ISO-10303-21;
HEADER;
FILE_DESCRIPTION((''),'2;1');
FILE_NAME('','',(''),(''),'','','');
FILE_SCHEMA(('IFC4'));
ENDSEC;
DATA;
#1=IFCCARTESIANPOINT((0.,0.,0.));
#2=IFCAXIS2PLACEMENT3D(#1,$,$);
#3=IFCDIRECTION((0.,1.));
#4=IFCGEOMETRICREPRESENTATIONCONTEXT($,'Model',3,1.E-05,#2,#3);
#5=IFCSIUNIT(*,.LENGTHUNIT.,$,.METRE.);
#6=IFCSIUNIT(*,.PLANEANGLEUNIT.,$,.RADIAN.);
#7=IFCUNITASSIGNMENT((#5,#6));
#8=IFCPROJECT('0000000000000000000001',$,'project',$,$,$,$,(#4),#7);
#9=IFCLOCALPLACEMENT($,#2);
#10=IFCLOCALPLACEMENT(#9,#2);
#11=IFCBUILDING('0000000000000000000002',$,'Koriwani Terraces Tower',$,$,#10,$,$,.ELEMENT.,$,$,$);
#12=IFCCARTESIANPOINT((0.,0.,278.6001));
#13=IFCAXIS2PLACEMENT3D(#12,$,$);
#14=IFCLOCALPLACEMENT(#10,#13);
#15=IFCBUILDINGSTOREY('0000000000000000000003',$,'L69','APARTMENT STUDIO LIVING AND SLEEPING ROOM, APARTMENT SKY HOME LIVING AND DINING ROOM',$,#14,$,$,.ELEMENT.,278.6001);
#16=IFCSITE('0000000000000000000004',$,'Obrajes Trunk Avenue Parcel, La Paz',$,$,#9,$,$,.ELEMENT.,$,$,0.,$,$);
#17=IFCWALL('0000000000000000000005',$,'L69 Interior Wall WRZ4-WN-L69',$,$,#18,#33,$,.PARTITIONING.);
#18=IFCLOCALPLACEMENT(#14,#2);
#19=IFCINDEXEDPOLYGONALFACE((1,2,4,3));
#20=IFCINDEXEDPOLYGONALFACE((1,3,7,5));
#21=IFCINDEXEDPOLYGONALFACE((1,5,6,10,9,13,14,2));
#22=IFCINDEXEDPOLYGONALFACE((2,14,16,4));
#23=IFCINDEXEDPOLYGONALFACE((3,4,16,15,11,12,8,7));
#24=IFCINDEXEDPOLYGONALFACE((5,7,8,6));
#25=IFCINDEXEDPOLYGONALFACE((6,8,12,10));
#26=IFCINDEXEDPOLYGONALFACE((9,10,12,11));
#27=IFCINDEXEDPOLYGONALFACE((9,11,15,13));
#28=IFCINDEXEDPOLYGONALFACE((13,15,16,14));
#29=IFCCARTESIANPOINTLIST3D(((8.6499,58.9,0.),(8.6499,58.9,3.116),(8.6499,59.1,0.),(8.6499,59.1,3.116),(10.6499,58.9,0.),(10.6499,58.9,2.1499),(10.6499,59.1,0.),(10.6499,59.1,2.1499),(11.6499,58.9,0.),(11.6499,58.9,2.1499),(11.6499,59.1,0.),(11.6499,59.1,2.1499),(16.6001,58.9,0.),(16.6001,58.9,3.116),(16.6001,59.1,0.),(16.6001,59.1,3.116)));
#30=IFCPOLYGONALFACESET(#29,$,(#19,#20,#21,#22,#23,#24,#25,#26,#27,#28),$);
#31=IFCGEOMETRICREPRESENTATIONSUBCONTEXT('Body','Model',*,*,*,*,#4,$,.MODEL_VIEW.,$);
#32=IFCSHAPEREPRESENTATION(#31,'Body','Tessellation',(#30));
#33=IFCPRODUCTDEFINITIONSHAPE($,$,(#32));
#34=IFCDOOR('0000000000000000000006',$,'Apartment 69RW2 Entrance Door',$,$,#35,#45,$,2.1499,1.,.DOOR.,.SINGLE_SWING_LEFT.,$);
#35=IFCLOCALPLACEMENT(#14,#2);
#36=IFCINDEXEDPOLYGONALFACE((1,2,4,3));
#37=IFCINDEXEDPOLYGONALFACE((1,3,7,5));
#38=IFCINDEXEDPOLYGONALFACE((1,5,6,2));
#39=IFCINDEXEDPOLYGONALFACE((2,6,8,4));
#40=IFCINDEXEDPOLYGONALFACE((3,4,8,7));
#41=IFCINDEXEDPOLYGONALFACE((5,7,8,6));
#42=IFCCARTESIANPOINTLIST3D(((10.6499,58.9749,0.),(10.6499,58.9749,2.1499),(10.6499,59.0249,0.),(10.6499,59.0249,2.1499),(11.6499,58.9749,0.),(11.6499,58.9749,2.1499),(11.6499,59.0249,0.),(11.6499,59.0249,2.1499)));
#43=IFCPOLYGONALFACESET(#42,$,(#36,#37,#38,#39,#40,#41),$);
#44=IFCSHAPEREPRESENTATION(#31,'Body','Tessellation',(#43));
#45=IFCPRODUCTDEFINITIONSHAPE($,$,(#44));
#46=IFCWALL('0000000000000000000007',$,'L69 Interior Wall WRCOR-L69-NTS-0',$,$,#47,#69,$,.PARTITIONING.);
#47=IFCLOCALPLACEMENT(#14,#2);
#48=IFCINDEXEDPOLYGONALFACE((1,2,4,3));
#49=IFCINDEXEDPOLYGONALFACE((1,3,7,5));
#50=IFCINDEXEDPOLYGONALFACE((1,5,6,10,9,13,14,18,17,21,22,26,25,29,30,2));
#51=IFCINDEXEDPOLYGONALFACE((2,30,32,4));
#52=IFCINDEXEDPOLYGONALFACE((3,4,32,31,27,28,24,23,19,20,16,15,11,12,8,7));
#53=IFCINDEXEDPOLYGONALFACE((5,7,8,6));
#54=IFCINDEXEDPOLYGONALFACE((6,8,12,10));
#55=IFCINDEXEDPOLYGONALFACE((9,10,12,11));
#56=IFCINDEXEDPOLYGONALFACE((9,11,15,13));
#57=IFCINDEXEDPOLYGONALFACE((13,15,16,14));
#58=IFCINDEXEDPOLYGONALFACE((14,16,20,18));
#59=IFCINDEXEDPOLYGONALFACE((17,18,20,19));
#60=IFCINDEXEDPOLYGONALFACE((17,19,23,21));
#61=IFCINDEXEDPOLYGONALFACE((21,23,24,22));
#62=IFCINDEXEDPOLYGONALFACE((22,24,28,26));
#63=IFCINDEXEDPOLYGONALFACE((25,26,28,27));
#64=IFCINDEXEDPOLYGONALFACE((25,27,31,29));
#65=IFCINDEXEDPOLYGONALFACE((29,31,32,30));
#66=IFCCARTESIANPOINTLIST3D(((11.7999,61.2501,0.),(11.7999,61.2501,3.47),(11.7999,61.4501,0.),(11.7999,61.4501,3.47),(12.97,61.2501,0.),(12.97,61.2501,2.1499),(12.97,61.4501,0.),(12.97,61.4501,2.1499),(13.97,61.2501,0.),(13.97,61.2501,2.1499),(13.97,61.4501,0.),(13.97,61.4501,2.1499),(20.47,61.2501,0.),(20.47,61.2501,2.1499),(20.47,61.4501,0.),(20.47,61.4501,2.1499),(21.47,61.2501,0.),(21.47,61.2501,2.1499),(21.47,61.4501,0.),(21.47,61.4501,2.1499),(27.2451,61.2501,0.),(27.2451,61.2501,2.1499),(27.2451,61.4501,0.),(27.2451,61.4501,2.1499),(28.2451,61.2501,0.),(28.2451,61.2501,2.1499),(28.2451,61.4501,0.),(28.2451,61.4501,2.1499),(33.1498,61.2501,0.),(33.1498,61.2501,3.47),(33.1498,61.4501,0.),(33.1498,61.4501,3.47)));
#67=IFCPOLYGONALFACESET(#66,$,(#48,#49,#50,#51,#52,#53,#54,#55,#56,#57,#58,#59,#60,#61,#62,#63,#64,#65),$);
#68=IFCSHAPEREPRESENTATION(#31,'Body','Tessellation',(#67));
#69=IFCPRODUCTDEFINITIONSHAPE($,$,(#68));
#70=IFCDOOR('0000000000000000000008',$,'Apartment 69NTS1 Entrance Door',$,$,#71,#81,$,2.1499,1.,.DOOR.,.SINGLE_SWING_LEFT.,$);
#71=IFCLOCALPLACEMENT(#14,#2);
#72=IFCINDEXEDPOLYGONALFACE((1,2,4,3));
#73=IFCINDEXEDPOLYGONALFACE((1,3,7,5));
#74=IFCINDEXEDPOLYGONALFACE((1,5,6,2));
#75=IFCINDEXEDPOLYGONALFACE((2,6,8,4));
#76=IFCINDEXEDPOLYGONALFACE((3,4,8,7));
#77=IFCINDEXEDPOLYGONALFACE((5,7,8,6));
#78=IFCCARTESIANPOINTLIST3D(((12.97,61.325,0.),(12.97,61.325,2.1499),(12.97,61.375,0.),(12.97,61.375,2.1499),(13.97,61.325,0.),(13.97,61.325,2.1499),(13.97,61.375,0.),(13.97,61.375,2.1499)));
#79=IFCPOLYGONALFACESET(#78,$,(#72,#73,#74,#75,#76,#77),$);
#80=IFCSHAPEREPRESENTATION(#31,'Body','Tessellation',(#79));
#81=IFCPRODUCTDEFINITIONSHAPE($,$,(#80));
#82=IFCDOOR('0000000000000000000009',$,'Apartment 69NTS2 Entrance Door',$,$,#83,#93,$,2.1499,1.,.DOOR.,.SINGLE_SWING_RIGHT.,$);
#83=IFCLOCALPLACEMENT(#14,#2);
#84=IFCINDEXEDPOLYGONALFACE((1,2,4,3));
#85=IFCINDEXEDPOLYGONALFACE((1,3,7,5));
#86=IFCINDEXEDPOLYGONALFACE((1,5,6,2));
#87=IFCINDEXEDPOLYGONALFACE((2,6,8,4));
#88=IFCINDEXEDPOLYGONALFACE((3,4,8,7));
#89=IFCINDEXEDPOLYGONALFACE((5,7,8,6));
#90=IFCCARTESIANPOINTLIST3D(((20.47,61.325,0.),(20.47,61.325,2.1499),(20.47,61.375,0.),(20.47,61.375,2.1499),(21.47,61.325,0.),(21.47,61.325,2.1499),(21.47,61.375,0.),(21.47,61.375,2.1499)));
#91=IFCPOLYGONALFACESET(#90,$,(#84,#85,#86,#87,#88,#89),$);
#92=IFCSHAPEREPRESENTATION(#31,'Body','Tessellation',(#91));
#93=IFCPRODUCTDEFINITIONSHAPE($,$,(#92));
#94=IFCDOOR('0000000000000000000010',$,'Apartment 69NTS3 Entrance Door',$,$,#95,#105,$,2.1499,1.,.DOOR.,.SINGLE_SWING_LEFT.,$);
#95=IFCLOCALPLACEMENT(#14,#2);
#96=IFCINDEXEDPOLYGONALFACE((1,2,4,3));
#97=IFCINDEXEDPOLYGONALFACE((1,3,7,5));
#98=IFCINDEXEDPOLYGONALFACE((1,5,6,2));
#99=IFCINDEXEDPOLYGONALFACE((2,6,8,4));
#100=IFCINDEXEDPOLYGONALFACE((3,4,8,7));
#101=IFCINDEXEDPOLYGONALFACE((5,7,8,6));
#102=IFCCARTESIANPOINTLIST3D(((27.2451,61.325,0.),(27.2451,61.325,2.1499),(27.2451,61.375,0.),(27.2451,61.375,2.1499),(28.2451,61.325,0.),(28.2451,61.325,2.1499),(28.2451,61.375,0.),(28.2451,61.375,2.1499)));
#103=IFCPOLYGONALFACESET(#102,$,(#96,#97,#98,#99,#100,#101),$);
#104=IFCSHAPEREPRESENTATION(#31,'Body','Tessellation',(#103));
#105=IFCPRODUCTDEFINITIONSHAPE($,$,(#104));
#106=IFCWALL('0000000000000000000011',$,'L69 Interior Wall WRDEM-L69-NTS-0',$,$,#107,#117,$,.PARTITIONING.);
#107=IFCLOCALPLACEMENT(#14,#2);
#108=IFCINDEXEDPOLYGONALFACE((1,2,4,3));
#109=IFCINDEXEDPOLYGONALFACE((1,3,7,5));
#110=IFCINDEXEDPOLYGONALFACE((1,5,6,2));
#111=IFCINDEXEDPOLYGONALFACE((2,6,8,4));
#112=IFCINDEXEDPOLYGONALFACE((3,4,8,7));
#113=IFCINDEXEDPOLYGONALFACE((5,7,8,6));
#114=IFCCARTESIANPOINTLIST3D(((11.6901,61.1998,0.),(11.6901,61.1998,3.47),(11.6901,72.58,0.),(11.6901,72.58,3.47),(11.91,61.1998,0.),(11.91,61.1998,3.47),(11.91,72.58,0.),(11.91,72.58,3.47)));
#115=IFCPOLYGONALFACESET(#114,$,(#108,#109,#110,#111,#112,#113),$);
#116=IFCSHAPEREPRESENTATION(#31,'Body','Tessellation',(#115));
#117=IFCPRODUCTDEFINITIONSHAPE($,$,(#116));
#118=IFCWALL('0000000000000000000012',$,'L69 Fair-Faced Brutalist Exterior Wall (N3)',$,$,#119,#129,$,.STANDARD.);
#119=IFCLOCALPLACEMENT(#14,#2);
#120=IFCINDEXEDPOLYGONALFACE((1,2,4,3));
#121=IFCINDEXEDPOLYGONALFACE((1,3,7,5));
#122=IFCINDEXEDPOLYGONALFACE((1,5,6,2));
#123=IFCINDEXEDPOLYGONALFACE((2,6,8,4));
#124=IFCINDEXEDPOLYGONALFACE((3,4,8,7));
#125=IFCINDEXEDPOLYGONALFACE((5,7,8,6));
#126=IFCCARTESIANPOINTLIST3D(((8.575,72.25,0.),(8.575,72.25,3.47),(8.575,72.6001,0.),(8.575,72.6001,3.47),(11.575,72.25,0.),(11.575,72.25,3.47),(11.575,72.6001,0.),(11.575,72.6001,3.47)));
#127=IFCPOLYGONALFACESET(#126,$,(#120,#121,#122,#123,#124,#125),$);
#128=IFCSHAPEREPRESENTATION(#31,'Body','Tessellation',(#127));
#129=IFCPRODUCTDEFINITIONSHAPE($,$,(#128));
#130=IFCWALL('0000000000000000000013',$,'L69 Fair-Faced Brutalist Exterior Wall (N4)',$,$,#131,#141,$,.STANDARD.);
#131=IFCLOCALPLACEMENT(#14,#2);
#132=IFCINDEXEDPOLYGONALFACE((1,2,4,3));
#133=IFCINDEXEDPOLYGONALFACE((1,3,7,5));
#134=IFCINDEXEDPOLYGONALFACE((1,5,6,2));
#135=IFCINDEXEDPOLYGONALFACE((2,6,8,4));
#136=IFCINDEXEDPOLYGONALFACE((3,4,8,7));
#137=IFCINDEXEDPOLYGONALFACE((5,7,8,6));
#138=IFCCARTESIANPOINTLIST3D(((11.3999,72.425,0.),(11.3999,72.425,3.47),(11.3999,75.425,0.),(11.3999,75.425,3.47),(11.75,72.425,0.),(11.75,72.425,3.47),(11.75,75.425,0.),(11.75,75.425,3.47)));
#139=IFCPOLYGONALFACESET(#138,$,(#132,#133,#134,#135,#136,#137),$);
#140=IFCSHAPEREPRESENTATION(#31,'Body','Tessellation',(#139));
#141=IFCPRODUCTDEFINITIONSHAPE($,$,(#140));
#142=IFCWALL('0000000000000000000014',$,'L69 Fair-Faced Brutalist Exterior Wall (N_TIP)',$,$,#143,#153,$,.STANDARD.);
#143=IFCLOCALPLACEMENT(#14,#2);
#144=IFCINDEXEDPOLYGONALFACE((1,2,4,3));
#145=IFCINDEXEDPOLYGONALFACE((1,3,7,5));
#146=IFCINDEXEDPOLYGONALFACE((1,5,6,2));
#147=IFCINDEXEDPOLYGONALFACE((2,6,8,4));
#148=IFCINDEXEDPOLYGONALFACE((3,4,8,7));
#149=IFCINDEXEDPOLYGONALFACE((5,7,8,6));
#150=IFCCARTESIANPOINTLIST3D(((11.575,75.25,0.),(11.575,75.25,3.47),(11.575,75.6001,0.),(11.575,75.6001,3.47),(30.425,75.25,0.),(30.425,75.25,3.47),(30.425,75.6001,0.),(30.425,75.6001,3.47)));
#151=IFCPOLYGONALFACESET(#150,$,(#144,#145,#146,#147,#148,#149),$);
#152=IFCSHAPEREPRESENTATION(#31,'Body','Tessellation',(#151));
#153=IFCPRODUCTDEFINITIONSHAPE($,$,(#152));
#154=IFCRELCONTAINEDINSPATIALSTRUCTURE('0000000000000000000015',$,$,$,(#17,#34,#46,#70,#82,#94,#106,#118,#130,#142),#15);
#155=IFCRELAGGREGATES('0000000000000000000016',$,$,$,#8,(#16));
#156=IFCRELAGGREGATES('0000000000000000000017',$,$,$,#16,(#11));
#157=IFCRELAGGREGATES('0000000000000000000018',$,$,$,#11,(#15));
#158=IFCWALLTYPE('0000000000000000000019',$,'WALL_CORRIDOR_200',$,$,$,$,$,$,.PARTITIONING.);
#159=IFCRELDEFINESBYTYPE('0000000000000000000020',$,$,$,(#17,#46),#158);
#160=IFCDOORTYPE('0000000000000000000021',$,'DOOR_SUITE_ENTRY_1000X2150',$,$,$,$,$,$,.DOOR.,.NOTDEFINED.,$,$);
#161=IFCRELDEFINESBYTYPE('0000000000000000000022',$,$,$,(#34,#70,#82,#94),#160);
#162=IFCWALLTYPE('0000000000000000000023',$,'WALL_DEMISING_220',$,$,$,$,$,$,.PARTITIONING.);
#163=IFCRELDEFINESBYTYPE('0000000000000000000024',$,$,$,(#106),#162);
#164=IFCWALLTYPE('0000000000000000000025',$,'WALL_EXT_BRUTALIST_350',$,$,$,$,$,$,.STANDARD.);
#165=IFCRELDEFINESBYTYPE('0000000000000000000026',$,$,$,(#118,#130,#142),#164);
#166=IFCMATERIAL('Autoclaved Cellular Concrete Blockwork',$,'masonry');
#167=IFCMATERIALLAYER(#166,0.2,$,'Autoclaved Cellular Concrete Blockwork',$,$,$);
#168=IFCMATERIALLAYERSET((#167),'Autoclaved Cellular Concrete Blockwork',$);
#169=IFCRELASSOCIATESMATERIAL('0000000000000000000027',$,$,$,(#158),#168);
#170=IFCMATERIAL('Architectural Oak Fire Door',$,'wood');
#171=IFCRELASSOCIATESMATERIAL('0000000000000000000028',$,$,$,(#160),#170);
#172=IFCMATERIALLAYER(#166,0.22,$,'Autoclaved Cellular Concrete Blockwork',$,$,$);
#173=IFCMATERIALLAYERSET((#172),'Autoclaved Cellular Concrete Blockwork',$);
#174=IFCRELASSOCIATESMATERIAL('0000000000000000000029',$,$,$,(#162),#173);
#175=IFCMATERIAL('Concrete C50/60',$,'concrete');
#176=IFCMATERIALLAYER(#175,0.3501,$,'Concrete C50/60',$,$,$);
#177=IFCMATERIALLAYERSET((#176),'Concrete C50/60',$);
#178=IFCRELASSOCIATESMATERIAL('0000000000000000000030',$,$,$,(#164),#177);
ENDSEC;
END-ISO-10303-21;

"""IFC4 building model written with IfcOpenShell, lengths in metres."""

from ifc_helpers import new_model, si_unit, direction, frame, frame_2d, origin, place, context, subcontext, project, spatial, rectangle, extrude, material, layer, layer_set, type_object, element, fill, save


model = new_model("IFC4")

# Units and contexts
model_context = context("Model", 3, precision=1e-05, world=origin(), true_north=direction((0.0, 1.0)))
body_context = subcontext(model_context, "Body", "Model", "MODEL_VIEW")
ifc_project = project(units=[si_unit("LENGTHUNIT", "METRE"), si_unit("PLANEANGLEUNIT", "RADIAN")], contexts=[model_context])

# Site, building, storey
site_placement = place(None, origin())
site = spatial("IfcSite", under=ifc_project, at=site_placement, Name="Obrajes Trunk Avenue Parcel, La Paz", CompositionType="ELEMENT", RefElevation=0.0)
building_placement = place(site_placement, origin())
building = spatial("IfcBuilding", under=site, at=building_placement, Name="Koriwani Terraces Tower", CompositionType="ELEMENT")
storey_placement = place(building_placement, frame((0.0, 0.0, 278.6001)))
storey = spatial("IfcBuildingStorey", under=building, at=storey_placement, Name="L69", Description="APARTMENT STUDIO LIVING AND SLEEPING ROOM, APARTMENT SKY HOME LIVING AND DINING ROOM", CompositionType="ELEMENT", Elevation=278.6001)

# Shared definitions
ifc_material_1 = material(Name="Concrete C50/60", Category="concrete")

# Wall, opening, door
ifc_material_2 = material(Name="Autoclaved Cellular Concrete Blockwork", Category="masonry")
ifc_layer_1 = layer(ifc_material_2, 0.2, Name="Autoclaved Cellular Concrete Blockwork")
ifc_layer_set_1 = layer_set([ifc_layer_1], Name="Autoclaved Cellular Concrete Blockwork")
wall_type_1 = type_object("IfcWallType", Name="WALL_CORRIDOR_200", PredefinedType="PARTITIONING", material=ifc_layer_set_1)
wall_1_placement = place(storey_placement, frame((8.6499, 59.0, 0.0), z_axis=(0.0, 0.0, 1.0), x_axis=(1.0, 0.0, 0.0)))
wall_1 = element("IfcWall", 1, at=wall_1_placement, inside=storey, type_object=wall_type_1, Name="L69 Interior Wall WRZ4-WN-L69", PredefinedType="PARTITIONING", context=body_context, shape_type="SweptSolid", body=[
    extrude(rectangle(XDim=7.9502, YDim=0.2, at=frame_2d((3.9751, 0.0))), origin(), (0.0, 0.0, 1.0), 3.116),
])
opening_1_placement = place(wall_1_placement, frame((2.0, 0.0, 0.0)))
opening_1 = element("IfcOpeningElement", 2, at=opening_1_placement, cuts=wall_1, PredefinedType="OPENING", context=body_context, shape_type="SweptSolid", body=[
    extrude(rectangle(XDim=1.0, YDim=2.1499, at=frame_2d((0.5, 1.075))), frame((0.0, 0.1099, 0.0), z_axis=(0.0, -1.0, 0.0), x_axis=(1.0, 0.0, 0.0)), (0.0, 0.0, 1.0), 0.22),
])
ifc_material_3 = material(Name="Architectural Oak Fire Door", Category="wood")
door_type_1 = type_object("IfcDoorType", Name="DOOR_SUITE_ENTRY_1000X2150", OperationType="NOTDEFINED", PredefinedType="DOOR", material=ifc_material_3)
door_1_placement = place(opening_1_placement, origin())
door_1 = element("IfcDoor", 3, at=door_1_placement, inside=storey, type_object=door_type_1, Name="Apartment 69RW2 Entrance Door", OperationType="SINGLE_SWING_LEFT", OverallHeight=2.1499, OverallWidth=1.0, PredefinedType="DOOR", context=body_context, shape_type="SweptSolid", body=[
    extrude(rectangle(XDim=1.0, YDim=2.1499, at=frame_2d((0.5, 1.075))), frame((0.0, 0.0249, 0.0), z_axis=(0.0, -1.0, 0.0), x_axis=(1.0, 0.0, 0.0)), (0.0, 0.0, 1.0), 0.05),
])
fill(opening_1, door_1)

# Wall, openings, doors
wall_2_placement = place(storey_placement, frame((11.8, 61.3501, 0.0), z_axis=(0.0, 0.0, 1.0), x_axis=(1.0, 0.0, 0.0)))
wall_2 = element("IfcWall", 4, at=wall_2_placement, inside=storey, type_object=wall_type_1, Name="L69 Interior Wall WRCOR-L69-NTS-0", PredefinedType="PARTITIONING", context=body_context, shape_type="SweptSolid", body=[
    extrude(rectangle(XDim=21.3499, YDim=0.2, at=frame_2d((10.6748, 0.0))), origin(), (0.0, 0.0, 1.0), 3.47),
])
opening_2_placement = place(wall_2_placement, frame((1.1699, 0.0, 0.0)))
opening_2 = element("IfcOpeningElement", 5, at=opening_2_placement, cuts=wall_2, PredefinedType="OPENING", context=body_context, shape_type="SweptSolid", body=[
    extrude(rectangle(XDim=1.0, YDim=2.1499, at=frame_2d((0.5, 1.075))), frame((0.0, 0.1099, 0.0), z_axis=(0.0, -1.0, 0.0), x_axis=(1.0, 0.0, 0.0)), (0.0, 0.0, 1.0), 0.22),
])
opening_3_placement = place(wall_2_placement, frame((8.6699, 0.0, 0.0)))
opening_3 = element("IfcOpeningElement", 6, at=opening_3_placement, cuts=wall_2, PredefinedType="OPENING", context=body_context, shape_type="SweptSolid", body=[
    extrude(rectangle(XDim=1.0, YDim=2.1499, at=frame_2d((0.5, 1.075))), frame((0.0, 0.1099, 0.0), z_axis=(0.0, -1.0, 0.0), x_axis=(1.0, 0.0, 0.0)), (0.0, 0.0, 1.0), 0.22),
])
opening_4_placement = place(wall_2_placement, frame((15.4451, 0.0, 0.0)))
opening_4 = element("IfcOpeningElement", 7, at=opening_4_placement, cuts=wall_2, PredefinedType="OPENING", context=body_context, shape_type="SweptSolid", body=[
    extrude(rectangle(XDim=1.0, YDim=2.1499, at=frame_2d((0.5, 1.075))), frame((0.0, 0.1099, 0.0), z_axis=(0.0, -1.0, 0.0), x_axis=(1.0, 0.0, 0.0)), (0.0, 0.0, 1.0), 0.22),
])
door_2_placement = place(opening_2_placement, origin())
door_2 = element("IfcDoor", 8, at=door_2_placement, inside=storey, type_object=door_type_1, Name="Apartment 69NTS1 Entrance Door", OperationType="SINGLE_SWING_LEFT", OverallHeight=2.1499, OverallWidth=1.0, PredefinedType="DOOR", context=body_context, shape_type="SweptSolid", body=[
    extrude(rectangle(XDim=1.0, YDim=2.1499, at=frame_2d((0.5, 1.075))), frame((0.0, 0.0249, 0.0), z_axis=(0.0, -1.0, 0.0), x_axis=(1.0, 0.0, 0.0)), (0.0, 0.0, 1.0), 0.05),
])
fill(opening_2, door_2)
door_3_placement = place(opening_3_placement, origin())
door_3 = element("IfcDoor", 9, at=door_3_placement, inside=storey, type_object=door_type_1, Name="Apartment 69NTS2 Entrance Door", OperationType="SINGLE_SWING_RIGHT", OverallHeight=2.1499, OverallWidth=1.0, PredefinedType="DOOR", context=body_context, shape_type="SweptSolid", body=[
    extrude(rectangle(XDim=1.0, YDim=2.1499, at=frame_2d((0.5, 1.075))), frame((0.0, 0.0249, 0.0), z_axis=(0.0, -1.0, 0.0), x_axis=(1.0, 0.0, 0.0)), (0.0, 0.0, 1.0), 0.05),
])
fill(opening_3, door_3)
door_4_placement = place(opening_4_placement, origin())
door_4 = element("IfcDoor", 10, at=door_4_placement, inside=storey, type_object=door_type_1, Name="Apartment 69NTS3 Entrance Door", OperationType="SINGLE_SWING_LEFT", OverallHeight=2.1499, OverallWidth=1.0, PredefinedType="DOOR", context=body_context, shape_type="SweptSolid", body=[
    extrude(rectangle(XDim=1.0, YDim=2.1499, at=frame_2d((0.5, 1.075))), frame((0.0, 0.0249, 0.0), z_axis=(0.0, -1.0, 0.0), x_axis=(1.0, 0.0, 0.0)), (0.0, 0.0, 1.0), 0.05),
])
fill(opening_4, door_4)

# Walls
ifc_layer_2 = layer(ifc_material_2, 0.22, Name="Autoclaved Cellular Concrete Blockwork")
ifc_layer_set_2 = layer_set([ifc_layer_2], Name="Autoclaved Cellular Concrete Blockwork")
wall_type_2 = type_object("IfcWallType", Name="WALL_DEMISING_220", PredefinedType="PARTITIONING", material=ifc_layer_set_2)
wall_3_placement = place(storey_placement, frame((11.8, 61.2, 0.0), z_axis=(0.0, 0.0, 1.0), x_axis=(0.0, 1.0, 0.0)))
element("IfcWall", 11, at=wall_3_placement, inside=storey, type_object=wall_type_2, Name="L69 Interior Wall WRDEM-L69-NTS-0", PredefinedType="PARTITIONING", context=body_context, shape_type="SweptSolid", body=[
    extrude(rectangle(XDim=11.3801, YDim=0.22, at=frame_2d((5.6899, 0.0))), origin(), (0.0, 0.0, 1.0), 3.47),
])
ifc_layer_3 = layer(ifc_material_1, 0.3501, Name="Concrete C50/60")
ifc_layer_set_3 = layer_set([ifc_layer_3], Name="Concrete C50/60")
wall_type_3 = type_object("IfcWallType", Name="WALL_EXT_BRUTALIST_350", PredefinedType="STANDARD", material=ifc_layer_set_3)
for number, where, z_axis, x_axis, name in (
    (12, (8.575, 72.425, 0.0), (0.0, 0.0, 1.0), (1.0, 0.0, 0.0), "L69 Fair-Faced Brutalist Exterior Wall (N3)"),
    (13, (11.575, 72.425, 0.0), (0.0, 0.0, 1.0), (0.0, 1.0, 0.0), "L69 Fair-Faced Brutalist Exterior Wall (N4)"),
):
    element("IfcWall", number, at=place(storey_placement, frame(where, z_axis=z_axis, x_axis=x_axis)), inside=storey, type_object=wall_type_3, Name=name, PredefinedType="STANDARD", context=body_context, shape_type="SweptSolid", body=[
        extrude(rectangle(XDim=3.0, YDim=0.3501, at=frame_2d((1.5, 0.0))), origin(), (0.0, 0.0, 1.0), 3.47),
    ])
wall_4_placement = place(storey_placement, frame((11.575, 75.425, 0.0), z_axis=(0.0, 0.0, 1.0), x_axis=(1.0, 0.0, 0.0)))
element("IfcWall", 14, at=wall_4_placement, inside=storey, type_object=wall_type_3, Name="L69 Fair-Faced Brutalist Exterior Wall (N_TIP)", PredefinedType="STANDARD", context=body_context, shape_type="SweptSolid", body=[
    extrude(rectangle(XDim=18.8501, YDim=0.3501, at=frame_2d((9.425, 0.0))), origin(), (0.0, 0.0, 1.0), 3.47),
])

save(model, "model.ifc")
